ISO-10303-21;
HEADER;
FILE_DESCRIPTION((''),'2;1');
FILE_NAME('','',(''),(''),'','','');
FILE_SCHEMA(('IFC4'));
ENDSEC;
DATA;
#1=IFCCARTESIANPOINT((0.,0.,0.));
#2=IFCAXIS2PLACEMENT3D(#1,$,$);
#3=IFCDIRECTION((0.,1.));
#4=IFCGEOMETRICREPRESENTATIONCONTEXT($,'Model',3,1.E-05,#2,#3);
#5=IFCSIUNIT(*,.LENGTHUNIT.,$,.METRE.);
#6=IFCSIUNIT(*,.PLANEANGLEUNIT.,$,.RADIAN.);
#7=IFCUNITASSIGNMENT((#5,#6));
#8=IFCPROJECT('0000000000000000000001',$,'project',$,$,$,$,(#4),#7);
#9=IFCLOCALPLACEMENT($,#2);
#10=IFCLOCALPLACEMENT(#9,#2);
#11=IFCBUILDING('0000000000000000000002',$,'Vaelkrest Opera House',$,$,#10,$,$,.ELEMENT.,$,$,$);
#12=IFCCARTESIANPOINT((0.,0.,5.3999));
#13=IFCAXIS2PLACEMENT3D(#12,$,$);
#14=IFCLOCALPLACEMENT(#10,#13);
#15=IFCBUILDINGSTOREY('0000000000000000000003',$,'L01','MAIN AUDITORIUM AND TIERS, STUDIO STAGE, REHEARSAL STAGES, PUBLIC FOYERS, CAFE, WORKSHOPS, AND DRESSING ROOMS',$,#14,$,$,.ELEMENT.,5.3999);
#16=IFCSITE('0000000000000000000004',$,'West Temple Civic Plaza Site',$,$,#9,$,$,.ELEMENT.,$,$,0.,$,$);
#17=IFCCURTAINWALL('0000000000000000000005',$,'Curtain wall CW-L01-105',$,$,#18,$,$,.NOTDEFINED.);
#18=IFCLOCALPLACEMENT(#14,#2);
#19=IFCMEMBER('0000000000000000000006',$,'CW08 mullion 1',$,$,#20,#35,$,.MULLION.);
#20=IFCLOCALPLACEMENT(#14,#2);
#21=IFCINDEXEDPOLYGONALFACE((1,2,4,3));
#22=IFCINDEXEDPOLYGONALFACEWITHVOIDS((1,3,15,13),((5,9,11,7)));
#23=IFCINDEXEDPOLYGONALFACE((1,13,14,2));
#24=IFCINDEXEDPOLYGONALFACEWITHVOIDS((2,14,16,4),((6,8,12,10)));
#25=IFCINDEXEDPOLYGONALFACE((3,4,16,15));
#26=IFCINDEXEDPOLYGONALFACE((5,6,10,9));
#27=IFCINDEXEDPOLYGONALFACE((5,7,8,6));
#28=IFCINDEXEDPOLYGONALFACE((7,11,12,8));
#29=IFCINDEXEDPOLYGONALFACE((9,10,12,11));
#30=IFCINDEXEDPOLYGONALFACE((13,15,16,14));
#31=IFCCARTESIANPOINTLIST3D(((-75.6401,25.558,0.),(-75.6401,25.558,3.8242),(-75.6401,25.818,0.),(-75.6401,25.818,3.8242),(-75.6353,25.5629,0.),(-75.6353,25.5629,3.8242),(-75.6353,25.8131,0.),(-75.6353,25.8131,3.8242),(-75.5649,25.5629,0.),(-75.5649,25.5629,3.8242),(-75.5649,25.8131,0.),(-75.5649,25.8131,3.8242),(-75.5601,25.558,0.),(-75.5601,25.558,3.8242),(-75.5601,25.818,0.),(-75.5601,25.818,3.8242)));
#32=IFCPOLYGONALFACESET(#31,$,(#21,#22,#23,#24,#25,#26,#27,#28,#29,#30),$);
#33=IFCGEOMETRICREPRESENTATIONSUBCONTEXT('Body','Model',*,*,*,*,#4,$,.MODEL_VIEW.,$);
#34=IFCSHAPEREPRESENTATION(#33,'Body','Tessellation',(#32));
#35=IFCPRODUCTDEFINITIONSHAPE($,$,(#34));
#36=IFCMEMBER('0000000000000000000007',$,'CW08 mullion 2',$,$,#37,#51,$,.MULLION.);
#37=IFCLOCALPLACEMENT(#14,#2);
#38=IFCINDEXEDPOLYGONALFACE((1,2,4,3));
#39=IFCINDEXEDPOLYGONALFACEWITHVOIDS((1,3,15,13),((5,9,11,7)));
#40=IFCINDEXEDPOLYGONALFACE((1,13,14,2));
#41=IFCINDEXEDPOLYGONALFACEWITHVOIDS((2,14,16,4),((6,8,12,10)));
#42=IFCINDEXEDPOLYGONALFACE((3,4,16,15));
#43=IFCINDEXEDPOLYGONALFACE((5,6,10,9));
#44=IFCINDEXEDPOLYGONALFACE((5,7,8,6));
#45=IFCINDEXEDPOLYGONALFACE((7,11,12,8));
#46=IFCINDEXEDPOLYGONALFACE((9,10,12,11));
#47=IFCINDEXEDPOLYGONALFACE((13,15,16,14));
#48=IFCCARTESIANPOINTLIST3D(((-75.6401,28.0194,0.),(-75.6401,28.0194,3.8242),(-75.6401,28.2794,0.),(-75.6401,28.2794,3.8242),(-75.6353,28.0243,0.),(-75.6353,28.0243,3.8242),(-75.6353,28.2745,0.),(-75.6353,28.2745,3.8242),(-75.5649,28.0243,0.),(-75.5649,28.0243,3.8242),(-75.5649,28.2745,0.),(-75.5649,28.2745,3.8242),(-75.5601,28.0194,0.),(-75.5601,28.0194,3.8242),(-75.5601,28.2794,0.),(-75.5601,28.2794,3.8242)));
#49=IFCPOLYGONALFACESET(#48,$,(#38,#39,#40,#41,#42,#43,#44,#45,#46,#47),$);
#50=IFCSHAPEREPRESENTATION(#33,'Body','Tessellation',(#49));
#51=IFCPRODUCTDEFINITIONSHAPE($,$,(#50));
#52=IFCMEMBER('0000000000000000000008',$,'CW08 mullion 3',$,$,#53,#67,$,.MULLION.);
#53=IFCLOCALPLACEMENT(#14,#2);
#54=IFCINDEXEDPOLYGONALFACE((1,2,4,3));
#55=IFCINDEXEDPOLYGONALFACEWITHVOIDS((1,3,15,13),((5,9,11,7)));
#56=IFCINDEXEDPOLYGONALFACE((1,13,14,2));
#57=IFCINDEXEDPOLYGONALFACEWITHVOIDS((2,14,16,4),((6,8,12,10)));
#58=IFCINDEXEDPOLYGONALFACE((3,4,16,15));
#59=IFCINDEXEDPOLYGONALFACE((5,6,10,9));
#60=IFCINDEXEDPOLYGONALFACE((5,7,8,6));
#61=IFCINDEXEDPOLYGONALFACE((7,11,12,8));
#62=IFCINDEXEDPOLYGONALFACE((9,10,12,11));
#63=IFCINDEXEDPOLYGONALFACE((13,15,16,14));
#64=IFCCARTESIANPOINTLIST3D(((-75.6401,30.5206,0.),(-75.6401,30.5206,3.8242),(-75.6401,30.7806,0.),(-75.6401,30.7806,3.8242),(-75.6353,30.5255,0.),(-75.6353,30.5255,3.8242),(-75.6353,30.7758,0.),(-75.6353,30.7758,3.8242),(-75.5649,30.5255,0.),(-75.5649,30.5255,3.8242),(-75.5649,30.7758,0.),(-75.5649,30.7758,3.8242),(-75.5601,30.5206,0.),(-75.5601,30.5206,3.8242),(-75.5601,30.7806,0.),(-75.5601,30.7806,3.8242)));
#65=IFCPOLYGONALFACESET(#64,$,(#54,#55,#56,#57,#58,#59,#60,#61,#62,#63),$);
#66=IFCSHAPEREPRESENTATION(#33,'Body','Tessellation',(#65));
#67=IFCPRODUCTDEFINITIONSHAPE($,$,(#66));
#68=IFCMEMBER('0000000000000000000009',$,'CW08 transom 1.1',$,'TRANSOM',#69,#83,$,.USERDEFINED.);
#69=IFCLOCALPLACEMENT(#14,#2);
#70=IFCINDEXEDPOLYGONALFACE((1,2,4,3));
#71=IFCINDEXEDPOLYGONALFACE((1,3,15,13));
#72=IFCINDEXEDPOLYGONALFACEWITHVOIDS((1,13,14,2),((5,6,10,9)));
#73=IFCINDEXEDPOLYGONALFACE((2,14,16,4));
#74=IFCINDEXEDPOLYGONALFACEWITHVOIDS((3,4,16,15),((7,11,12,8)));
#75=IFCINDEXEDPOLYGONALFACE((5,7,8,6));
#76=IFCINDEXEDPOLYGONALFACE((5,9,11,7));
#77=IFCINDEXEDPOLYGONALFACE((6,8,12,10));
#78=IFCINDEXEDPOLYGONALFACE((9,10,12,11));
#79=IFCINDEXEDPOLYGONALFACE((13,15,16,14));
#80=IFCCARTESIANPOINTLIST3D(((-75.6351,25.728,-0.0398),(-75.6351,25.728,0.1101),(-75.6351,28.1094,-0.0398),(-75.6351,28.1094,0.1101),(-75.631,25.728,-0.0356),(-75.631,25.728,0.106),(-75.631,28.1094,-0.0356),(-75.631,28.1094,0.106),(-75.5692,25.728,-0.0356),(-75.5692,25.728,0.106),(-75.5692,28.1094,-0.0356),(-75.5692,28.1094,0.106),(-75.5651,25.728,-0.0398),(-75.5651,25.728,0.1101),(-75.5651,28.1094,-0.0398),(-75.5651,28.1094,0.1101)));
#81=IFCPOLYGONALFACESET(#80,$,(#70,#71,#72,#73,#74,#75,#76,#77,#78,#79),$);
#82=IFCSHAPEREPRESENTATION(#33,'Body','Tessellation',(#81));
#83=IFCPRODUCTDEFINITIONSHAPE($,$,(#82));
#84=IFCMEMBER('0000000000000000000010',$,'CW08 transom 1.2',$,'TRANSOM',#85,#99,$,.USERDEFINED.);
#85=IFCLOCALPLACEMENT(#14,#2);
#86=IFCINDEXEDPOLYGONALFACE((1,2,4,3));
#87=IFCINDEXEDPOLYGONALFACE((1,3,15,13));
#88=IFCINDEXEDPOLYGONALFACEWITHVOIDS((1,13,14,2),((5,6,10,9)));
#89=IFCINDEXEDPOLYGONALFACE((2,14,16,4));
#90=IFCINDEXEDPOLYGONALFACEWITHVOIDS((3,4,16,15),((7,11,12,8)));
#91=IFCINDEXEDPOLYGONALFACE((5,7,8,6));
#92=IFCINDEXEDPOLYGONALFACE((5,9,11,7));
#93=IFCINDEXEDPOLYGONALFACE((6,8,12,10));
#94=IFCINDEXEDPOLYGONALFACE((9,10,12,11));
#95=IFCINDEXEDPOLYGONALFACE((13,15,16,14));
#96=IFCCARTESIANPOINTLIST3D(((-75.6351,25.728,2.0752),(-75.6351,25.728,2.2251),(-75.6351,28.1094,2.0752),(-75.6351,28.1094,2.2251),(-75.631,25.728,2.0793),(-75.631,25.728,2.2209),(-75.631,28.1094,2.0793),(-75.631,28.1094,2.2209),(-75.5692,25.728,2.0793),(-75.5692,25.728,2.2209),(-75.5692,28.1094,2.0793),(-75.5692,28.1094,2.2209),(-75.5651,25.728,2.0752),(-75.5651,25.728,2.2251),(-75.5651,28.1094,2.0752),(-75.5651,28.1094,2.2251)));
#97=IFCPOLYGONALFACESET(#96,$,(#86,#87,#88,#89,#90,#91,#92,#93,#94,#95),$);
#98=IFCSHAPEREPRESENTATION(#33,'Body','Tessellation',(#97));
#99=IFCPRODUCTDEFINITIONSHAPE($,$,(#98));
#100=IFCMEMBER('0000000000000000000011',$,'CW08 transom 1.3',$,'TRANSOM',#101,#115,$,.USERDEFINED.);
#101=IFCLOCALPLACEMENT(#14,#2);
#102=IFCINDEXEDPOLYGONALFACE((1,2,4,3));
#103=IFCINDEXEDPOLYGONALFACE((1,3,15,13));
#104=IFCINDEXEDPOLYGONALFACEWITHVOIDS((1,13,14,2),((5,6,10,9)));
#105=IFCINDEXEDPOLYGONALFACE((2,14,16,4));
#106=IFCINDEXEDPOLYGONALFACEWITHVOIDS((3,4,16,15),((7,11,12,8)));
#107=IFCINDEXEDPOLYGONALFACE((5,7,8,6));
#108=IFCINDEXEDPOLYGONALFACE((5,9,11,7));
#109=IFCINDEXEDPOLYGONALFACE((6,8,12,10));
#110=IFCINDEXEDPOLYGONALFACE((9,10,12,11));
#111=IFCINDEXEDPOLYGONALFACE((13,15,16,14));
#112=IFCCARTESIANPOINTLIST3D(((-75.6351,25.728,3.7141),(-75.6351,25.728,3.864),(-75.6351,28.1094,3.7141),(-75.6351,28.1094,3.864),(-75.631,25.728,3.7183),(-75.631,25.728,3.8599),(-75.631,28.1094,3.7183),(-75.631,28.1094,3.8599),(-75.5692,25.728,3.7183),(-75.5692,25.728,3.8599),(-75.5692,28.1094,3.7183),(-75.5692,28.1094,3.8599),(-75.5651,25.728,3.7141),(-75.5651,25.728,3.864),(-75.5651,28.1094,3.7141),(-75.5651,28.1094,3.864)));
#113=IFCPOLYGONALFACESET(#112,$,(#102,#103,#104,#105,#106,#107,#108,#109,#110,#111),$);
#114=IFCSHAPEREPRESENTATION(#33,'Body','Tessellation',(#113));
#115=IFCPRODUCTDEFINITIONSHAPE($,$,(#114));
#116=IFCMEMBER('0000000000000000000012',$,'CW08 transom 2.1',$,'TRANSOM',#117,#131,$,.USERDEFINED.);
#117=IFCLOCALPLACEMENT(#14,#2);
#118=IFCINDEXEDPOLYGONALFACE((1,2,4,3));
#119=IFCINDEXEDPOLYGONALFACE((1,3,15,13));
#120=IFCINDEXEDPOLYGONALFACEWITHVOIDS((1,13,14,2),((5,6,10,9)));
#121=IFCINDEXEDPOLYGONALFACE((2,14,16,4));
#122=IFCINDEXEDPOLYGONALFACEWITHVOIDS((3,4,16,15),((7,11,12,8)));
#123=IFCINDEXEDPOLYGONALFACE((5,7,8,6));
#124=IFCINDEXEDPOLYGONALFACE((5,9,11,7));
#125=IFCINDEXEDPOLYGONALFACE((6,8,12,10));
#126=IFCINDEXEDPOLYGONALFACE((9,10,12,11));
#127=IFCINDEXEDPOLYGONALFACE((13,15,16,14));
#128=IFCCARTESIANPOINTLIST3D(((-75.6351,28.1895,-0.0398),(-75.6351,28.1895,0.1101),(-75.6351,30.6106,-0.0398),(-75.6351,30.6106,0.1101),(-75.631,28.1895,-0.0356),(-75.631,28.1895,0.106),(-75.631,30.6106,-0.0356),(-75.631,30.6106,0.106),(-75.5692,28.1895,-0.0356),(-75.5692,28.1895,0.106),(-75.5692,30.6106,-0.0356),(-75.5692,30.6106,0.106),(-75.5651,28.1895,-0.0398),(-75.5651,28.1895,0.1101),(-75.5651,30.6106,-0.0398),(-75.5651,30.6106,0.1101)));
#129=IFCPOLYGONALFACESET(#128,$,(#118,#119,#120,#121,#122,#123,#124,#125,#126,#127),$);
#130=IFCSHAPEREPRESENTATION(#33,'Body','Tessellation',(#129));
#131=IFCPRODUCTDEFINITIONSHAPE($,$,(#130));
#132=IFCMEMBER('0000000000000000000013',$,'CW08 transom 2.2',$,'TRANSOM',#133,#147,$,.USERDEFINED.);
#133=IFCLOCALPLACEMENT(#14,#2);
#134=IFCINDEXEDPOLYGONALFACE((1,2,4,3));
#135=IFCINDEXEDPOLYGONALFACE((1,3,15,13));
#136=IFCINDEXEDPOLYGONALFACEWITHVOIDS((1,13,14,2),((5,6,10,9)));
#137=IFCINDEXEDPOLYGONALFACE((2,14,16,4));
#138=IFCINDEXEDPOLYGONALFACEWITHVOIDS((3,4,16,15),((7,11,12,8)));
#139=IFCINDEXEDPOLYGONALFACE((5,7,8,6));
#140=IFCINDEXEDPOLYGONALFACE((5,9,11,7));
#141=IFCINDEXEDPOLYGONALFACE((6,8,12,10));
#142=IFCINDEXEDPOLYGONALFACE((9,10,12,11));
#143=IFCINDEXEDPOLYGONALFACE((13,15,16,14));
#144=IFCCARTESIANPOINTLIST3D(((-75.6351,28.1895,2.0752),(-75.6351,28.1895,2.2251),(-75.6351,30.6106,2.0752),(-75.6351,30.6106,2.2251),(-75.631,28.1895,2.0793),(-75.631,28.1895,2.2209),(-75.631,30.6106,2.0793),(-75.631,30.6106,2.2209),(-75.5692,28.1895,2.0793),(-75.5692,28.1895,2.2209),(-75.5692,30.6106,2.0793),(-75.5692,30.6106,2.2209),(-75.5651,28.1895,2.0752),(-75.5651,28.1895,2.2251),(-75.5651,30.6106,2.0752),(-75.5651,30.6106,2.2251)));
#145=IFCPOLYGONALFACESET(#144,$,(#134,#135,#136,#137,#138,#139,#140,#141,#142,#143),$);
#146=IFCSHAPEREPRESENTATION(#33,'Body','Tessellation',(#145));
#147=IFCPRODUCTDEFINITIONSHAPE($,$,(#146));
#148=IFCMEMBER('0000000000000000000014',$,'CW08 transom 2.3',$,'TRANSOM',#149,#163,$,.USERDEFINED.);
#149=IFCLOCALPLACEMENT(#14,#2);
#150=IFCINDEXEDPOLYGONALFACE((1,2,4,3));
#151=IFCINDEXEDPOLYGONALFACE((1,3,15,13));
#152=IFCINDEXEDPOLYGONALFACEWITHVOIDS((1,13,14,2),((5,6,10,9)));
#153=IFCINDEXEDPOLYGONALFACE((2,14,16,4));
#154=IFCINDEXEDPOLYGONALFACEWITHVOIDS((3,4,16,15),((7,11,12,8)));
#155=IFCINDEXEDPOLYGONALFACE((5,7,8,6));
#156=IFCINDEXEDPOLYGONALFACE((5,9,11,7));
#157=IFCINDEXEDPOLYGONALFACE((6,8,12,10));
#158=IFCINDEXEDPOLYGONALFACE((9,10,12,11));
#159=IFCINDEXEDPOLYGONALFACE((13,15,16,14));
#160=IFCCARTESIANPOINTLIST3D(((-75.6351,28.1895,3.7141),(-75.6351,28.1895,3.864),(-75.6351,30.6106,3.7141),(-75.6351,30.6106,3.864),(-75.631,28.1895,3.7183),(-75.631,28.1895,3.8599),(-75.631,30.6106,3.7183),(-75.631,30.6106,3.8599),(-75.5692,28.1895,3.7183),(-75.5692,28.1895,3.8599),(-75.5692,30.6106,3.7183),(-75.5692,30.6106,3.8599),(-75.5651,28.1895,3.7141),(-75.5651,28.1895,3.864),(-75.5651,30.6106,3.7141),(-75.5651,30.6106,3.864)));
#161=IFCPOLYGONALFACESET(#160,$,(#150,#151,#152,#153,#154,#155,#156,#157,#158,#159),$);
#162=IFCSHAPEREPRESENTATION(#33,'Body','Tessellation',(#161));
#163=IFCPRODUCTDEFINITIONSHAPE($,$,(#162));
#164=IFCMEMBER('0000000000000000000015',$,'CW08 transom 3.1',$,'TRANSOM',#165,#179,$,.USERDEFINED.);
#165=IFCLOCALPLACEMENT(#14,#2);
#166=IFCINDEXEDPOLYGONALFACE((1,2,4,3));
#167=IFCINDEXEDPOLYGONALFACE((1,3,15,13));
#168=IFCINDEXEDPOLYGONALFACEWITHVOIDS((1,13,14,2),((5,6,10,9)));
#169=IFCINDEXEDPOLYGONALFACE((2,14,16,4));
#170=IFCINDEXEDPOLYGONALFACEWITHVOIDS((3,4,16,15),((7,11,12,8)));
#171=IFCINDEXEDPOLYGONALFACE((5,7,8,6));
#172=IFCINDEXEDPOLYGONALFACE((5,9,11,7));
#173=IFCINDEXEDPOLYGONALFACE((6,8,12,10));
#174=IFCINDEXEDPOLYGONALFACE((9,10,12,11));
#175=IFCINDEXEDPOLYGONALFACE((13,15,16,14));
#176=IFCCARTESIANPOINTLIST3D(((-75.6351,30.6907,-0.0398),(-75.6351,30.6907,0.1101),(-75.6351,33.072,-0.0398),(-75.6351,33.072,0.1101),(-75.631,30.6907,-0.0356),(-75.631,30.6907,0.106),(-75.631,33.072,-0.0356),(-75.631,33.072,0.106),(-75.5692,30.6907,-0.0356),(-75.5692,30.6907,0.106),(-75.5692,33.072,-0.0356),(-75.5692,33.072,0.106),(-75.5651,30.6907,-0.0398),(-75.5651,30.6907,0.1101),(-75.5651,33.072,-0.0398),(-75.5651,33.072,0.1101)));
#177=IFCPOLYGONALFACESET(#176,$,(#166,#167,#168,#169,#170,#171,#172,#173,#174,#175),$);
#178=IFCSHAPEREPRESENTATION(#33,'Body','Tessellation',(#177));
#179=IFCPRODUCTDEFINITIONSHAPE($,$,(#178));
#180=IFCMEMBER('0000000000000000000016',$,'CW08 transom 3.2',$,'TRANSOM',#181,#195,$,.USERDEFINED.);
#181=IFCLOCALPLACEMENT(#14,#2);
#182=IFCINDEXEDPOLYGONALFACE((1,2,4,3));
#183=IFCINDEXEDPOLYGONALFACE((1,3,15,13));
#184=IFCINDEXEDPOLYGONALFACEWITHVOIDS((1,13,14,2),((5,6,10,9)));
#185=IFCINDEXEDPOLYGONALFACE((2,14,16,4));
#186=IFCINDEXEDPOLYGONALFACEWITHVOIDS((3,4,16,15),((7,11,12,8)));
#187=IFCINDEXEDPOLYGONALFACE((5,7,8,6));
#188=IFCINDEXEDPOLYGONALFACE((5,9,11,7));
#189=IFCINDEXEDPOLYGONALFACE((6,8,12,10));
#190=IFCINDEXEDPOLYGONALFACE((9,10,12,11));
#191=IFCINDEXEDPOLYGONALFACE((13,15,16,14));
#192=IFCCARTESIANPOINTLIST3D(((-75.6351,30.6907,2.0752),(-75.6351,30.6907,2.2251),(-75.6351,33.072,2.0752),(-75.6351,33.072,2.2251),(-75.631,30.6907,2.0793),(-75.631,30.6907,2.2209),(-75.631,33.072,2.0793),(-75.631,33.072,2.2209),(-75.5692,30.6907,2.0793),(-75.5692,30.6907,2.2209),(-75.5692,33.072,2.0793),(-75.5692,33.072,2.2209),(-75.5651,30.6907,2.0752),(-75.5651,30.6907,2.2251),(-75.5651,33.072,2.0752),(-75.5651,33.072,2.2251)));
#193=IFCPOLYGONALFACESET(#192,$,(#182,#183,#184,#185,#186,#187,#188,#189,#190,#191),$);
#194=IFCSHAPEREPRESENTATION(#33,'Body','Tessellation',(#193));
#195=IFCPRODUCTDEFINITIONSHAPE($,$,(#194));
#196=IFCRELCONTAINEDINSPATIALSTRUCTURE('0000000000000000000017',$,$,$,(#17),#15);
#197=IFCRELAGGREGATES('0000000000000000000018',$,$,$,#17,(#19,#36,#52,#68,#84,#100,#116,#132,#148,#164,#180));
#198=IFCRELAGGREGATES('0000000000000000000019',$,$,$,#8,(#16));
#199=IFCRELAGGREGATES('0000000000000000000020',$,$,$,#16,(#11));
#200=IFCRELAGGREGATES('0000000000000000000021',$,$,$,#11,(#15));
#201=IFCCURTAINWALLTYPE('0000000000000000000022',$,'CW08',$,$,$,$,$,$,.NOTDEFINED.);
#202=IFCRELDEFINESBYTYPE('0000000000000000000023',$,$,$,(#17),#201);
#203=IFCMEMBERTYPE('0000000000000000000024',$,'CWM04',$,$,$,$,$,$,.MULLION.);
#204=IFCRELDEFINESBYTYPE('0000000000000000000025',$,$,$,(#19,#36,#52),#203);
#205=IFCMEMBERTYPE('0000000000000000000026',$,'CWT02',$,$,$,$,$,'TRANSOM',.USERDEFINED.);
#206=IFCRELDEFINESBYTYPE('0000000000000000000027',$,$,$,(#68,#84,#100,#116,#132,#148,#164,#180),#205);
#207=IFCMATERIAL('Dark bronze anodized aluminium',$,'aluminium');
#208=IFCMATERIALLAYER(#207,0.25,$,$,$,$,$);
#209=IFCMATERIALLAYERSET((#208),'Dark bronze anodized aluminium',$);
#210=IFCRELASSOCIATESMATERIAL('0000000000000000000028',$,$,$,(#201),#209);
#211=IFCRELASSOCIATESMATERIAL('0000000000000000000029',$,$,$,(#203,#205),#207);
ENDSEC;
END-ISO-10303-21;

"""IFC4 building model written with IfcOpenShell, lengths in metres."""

from ifc_helpers import new_model, si_unit, direction, frame, origin, origin_2d, place, context, subcontext, project, spatial, hollow_rectangle, extrude, material, layer, layer_set, material_profile, profile_set, type_object, element, aggregate, save


model = new_model("IFC4")

# Units and contexts
model_context = context("Model", 3, precision=1e-05, world=origin(), true_north=direction((0.0, 1.0)))
body_context = subcontext(model_context, "Body", "Model", "MODEL_VIEW")
ifc_project = project(units=[si_unit("LENGTHUNIT", "METRE"), si_unit("PLANEANGLEUNIT", "RADIAN")], contexts=[model_context])

# Site, building, storey
site_placement = place(None, origin())
site = spatial("IfcSite", under=ifc_project, at=site_placement, Name="West Temple Civic Plaza Site", CompositionType="ELEMENT", RefElevation=0.0)
building_placement = place(site_placement, origin())
building = spatial("IfcBuilding", under=site, at=building_placement, Name="Vaelkrest Opera House", CompositionType="ELEMENT")
storey_placement = place(building_placement, frame((0.0, 0.0, 5.3999)))
storey = spatial("IfcBuildingStorey", under=building, at=storey_placement, Name="L01", Description="MAIN AUDITORIUM AND TIERS, STUDIO STAGE, REHEARSAL STAGES, PUBLIC FOYERS, CAFE, WORKSHOPS, AND DRESSING ROOMS", CompositionType="ELEMENT", Elevation=5.3999)

# Curtain wall, members
ifc_material_1 = material(Name="Dark bronze anodized aluminium", Category="aluminium")
ifc_layer_1 = layer(ifc_material_1, 0.25)
ifc_layer_set_1 = layer_set([ifc_layer_1], Name="Dark bronze anodized aluminium")
curtain_wall_type = type_object("IfcCurtainWallType", Name="CW08", PredefinedType="NOTDEFINED", material=ifc_layer_set_1)
curtain_wall_placement = place(storey_placement, origin())
curtain_wall = element("IfcCurtainWall", 1, at=curtain_wall_placement, inside=storey, type_object=curtain_wall_type, Name="Curtain wall CW-L01-105", PredefinedType="NOTDEFINED")
ifc_material_profile_1 = material_profile(ifc_material_1, hollow_rectangle(XDim=0.0801, YDim=0.26, WallThickness=0.0049, at=origin_2d()), Name="CWM80X260")
ifc_profile_set_1 = profile_set([ifc_material_profile_1], Name="Dark bronze anodized aluminium")
member_type_1 = type_object("IfcMemberType", Name="CWM04", PredefinedType="MULLION", material=ifc_profile_set_1)
member_1_placement = place(storey_placement, frame((-75.6001, 25.688, 0.0), z_axis=(0.0, 0.0, 1.0), x_axis=(-1.0, 0.0, 0.0)))
member_1 = element("IfcMember", 2, at=member_1_placement, type_object=member_type_1, Name="CW08 mullion 1", PredefinedType="MULLION", context=body_context, shape_type="SweptSolid", body=[
    extrude(hollow_rectangle(XDim=0.0801, YDim=0.26, WallThickness=0.0049, at=origin_2d()), origin(), (0.0, 0.0, 1.0), 3.8242),
])
member_2_placement = place(storey_placement, frame((-75.6001, 28.1494, 0.0), z_axis=(0.0, 0.0, 1.0), x_axis=(-1.0, 0.0, 0.0)))
member_2 = element("IfcMember", 3, at=member_2_placement, type_object=member_type_1, Name="CW08 mullion 2", PredefinedType="MULLION", context=body_context, shape_type="SweptSolid", body=[
    extrude(hollow_rectangle(XDim=0.0801, YDim=0.26, WallThickness=0.0049, at=origin_2d()), origin(), (0.0, 0.0, 1.0), 3.8242),
])
member_3_placement = place(storey_placement, frame((-75.6001, 30.6506, 0.0), z_axis=(0.0, 0.0, 1.0), x_axis=(-1.0, 0.0, 0.0)))
member_3 = element("IfcMember", 4, at=member_3_placement, type_object=member_type_1, Name="CW08 mullion 3", PredefinedType="MULLION", context=body_context, shape_type="SweptSolid", body=[
    extrude(hollow_rectangle(XDim=0.0801, YDim=0.26, WallThickness=0.0049, at=origin_2d()), origin(), (0.0, 0.0, 1.0), 3.8242),
])
ifc_material_profile_2 = material_profile(ifc_material_1, hollow_rectangle(XDim=0.0701, YDim=0.1499, WallThickness=0.0042, at=origin_2d()), Name="CWT70X150")
ifc_profile_set_2 = profile_set([ifc_material_profile_2], Name="Dark bronze anodized aluminium")
member_type_2 = type_object("IfcMemberType", Name="CWT02", ElementType="TRANSOM", PredefinedType="USERDEFINED", material=ifc_profile_set_2)
member_4_placement = place(storey_placement, frame((-75.6001, 25.728, 0.0352), z_axis=(0.0, 1.0, 0.0), x_axis=(-1.0, 0.0, 0.0)))
member_4 = element("IfcMember", 5, at=member_4_placement, type_object=member_type_2, Name="CW08 transom 1.1", ObjectType="TRANSOM", PredefinedType="USERDEFINED", context=body_context, shape_type="SweptSolid", body=[
    extrude(hollow_rectangle(XDim=0.0701, YDim=0.1499, WallThickness=0.0042, at=origin_2d()), origin(), (0.0, 0.0, 1.0), 2.3813),
])
member_5_placement = place(storey_placement, frame((-75.6001, 25.728, 2.1501), z_axis=(0.0, 1.0, 0.0), x_axis=(-1.0, 0.0, 0.0)))
member_5 = element("IfcMember", 6, at=member_5_placement, type_object=member_type_2, Name="CW08 transom 1.2", ObjectType="TRANSOM", PredefinedType="USERDEFINED", context=body_context, shape_type="SweptSolid", body=[
    extrude(hollow_rectangle(XDim=0.0701, YDim=0.1499, WallThickness=0.0042, at=origin_2d()), origin(), (0.0, 0.0, 1.0), 2.3813),
])
member_6_placement = place(storey_placement, frame((-75.6001, 25.728, 3.7891), z_axis=(0.0, 1.0, 0.0), x_axis=(-1.0, 0.0, 0.0)))
member_6 = element("IfcMember", 7, at=member_6_placement, type_object=member_type_2, Name="CW08 transom 1.3", ObjectType="TRANSOM", PredefinedType="USERDEFINED", context=body_context, shape_type="SweptSolid", body=[
    extrude(hollow_rectangle(XDim=0.0701, YDim=0.1499, WallThickness=0.0042, at=origin_2d()), origin(), (0.0, 0.0, 1.0), 2.3813),
])
member_7_placement = place(storey_placement, frame((-75.6001, 28.1895, 0.0352), z_axis=(0.0, 1.0, 0.0), x_axis=(-1.0, 0.0, 0.0)))
member_7 = element("IfcMember", 8, at=member_7_placement, type_object=member_type_2, Name="CW08 transom 2.1", ObjectType="TRANSOM", PredefinedType="USERDEFINED", context=body_context, shape_type="SweptSolid", body=[
    extrude(hollow_rectangle(XDim=0.0701, YDim=0.1499, WallThickness=0.0042, at=origin_2d()), origin(), (0.0, 0.0, 1.0), 2.4211),
])
member_8_placement = place(storey_placement, frame((-75.6001, 28.1895, 2.1501), z_axis=(0.0, 1.0, 0.0), x_axis=(-1.0, 0.0, 0.0)))
member_8 = element("IfcMember", 9, at=member_8_placement, type_object=member_type_2, Name="CW08 transom 2.2", ObjectType="TRANSOM", PredefinedType="USERDEFINED", context=body_context, shape_type="SweptSolid", body=[
    extrude(hollow_rectangle(XDim=0.0701, YDim=0.1499, WallThickness=0.0042, at=origin_2d()), origin(), (0.0, 0.0, 1.0), 2.4211),
])
member_9_placement = place(storey_placement, frame((-75.6001, 28.1895, 3.7891), z_axis=(0.0, 1.0, 0.0), x_axis=(-1.0, 0.0, 0.0)))
member_9 = element("IfcMember", 10, at=member_9_placement, type_object=member_type_2, Name="CW08 transom 2.3", ObjectType="TRANSOM", PredefinedType="USERDEFINED", context=body_context, shape_type="SweptSolid", body=[
    extrude(hollow_rectangle(XDim=0.0701, YDim=0.1499, WallThickness=0.0042, at=origin_2d()), origin(), (0.0, 0.0, 1.0), 2.4211),
])
member_10_placement = place(storey_placement, frame((-75.6001, 30.6907, 0.0352), z_axis=(0.0, 1.0, 0.0), x_axis=(-1.0, 0.0, 0.0)))
member_10 = element("IfcMember", 11, at=member_10_placement, type_object=member_type_2, Name="CW08 transom 3.1", ObjectType="TRANSOM", PredefinedType="USERDEFINED", context=body_context, shape_type="SweptSolid", body=[
    extrude(hollow_rectangle(XDim=0.0701, YDim=0.1499, WallThickness=0.0042, at=origin_2d()), origin(), (0.0, 0.0, 1.0), 2.3813),
])
member_11_placement = place(storey_placement, frame((-75.6001, 30.6907, 2.1501), z_axis=(0.0, 1.0, 0.0), x_axis=(-1.0, 0.0, 0.0)))
member_11 = element("IfcMember", 12, at=member_11_placement, type_object=member_type_2, Name="CW08 transom 3.2", ObjectType="TRANSOM", PredefinedType="USERDEFINED", context=body_context, shape_type="SweptSolid", body=[
    extrude(hollow_rectangle(XDim=0.0701, YDim=0.1499, WallThickness=0.0042, at=origin_2d()), origin(), (0.0, 0.0, 1.0), 2.3813),
])

aggregate(curtain_wall, [member_1, member_2, member_3, member_4, member_5, member_6, member_7, member_8, member_9, member_10, member_11])

save(model, "model.ifc")
